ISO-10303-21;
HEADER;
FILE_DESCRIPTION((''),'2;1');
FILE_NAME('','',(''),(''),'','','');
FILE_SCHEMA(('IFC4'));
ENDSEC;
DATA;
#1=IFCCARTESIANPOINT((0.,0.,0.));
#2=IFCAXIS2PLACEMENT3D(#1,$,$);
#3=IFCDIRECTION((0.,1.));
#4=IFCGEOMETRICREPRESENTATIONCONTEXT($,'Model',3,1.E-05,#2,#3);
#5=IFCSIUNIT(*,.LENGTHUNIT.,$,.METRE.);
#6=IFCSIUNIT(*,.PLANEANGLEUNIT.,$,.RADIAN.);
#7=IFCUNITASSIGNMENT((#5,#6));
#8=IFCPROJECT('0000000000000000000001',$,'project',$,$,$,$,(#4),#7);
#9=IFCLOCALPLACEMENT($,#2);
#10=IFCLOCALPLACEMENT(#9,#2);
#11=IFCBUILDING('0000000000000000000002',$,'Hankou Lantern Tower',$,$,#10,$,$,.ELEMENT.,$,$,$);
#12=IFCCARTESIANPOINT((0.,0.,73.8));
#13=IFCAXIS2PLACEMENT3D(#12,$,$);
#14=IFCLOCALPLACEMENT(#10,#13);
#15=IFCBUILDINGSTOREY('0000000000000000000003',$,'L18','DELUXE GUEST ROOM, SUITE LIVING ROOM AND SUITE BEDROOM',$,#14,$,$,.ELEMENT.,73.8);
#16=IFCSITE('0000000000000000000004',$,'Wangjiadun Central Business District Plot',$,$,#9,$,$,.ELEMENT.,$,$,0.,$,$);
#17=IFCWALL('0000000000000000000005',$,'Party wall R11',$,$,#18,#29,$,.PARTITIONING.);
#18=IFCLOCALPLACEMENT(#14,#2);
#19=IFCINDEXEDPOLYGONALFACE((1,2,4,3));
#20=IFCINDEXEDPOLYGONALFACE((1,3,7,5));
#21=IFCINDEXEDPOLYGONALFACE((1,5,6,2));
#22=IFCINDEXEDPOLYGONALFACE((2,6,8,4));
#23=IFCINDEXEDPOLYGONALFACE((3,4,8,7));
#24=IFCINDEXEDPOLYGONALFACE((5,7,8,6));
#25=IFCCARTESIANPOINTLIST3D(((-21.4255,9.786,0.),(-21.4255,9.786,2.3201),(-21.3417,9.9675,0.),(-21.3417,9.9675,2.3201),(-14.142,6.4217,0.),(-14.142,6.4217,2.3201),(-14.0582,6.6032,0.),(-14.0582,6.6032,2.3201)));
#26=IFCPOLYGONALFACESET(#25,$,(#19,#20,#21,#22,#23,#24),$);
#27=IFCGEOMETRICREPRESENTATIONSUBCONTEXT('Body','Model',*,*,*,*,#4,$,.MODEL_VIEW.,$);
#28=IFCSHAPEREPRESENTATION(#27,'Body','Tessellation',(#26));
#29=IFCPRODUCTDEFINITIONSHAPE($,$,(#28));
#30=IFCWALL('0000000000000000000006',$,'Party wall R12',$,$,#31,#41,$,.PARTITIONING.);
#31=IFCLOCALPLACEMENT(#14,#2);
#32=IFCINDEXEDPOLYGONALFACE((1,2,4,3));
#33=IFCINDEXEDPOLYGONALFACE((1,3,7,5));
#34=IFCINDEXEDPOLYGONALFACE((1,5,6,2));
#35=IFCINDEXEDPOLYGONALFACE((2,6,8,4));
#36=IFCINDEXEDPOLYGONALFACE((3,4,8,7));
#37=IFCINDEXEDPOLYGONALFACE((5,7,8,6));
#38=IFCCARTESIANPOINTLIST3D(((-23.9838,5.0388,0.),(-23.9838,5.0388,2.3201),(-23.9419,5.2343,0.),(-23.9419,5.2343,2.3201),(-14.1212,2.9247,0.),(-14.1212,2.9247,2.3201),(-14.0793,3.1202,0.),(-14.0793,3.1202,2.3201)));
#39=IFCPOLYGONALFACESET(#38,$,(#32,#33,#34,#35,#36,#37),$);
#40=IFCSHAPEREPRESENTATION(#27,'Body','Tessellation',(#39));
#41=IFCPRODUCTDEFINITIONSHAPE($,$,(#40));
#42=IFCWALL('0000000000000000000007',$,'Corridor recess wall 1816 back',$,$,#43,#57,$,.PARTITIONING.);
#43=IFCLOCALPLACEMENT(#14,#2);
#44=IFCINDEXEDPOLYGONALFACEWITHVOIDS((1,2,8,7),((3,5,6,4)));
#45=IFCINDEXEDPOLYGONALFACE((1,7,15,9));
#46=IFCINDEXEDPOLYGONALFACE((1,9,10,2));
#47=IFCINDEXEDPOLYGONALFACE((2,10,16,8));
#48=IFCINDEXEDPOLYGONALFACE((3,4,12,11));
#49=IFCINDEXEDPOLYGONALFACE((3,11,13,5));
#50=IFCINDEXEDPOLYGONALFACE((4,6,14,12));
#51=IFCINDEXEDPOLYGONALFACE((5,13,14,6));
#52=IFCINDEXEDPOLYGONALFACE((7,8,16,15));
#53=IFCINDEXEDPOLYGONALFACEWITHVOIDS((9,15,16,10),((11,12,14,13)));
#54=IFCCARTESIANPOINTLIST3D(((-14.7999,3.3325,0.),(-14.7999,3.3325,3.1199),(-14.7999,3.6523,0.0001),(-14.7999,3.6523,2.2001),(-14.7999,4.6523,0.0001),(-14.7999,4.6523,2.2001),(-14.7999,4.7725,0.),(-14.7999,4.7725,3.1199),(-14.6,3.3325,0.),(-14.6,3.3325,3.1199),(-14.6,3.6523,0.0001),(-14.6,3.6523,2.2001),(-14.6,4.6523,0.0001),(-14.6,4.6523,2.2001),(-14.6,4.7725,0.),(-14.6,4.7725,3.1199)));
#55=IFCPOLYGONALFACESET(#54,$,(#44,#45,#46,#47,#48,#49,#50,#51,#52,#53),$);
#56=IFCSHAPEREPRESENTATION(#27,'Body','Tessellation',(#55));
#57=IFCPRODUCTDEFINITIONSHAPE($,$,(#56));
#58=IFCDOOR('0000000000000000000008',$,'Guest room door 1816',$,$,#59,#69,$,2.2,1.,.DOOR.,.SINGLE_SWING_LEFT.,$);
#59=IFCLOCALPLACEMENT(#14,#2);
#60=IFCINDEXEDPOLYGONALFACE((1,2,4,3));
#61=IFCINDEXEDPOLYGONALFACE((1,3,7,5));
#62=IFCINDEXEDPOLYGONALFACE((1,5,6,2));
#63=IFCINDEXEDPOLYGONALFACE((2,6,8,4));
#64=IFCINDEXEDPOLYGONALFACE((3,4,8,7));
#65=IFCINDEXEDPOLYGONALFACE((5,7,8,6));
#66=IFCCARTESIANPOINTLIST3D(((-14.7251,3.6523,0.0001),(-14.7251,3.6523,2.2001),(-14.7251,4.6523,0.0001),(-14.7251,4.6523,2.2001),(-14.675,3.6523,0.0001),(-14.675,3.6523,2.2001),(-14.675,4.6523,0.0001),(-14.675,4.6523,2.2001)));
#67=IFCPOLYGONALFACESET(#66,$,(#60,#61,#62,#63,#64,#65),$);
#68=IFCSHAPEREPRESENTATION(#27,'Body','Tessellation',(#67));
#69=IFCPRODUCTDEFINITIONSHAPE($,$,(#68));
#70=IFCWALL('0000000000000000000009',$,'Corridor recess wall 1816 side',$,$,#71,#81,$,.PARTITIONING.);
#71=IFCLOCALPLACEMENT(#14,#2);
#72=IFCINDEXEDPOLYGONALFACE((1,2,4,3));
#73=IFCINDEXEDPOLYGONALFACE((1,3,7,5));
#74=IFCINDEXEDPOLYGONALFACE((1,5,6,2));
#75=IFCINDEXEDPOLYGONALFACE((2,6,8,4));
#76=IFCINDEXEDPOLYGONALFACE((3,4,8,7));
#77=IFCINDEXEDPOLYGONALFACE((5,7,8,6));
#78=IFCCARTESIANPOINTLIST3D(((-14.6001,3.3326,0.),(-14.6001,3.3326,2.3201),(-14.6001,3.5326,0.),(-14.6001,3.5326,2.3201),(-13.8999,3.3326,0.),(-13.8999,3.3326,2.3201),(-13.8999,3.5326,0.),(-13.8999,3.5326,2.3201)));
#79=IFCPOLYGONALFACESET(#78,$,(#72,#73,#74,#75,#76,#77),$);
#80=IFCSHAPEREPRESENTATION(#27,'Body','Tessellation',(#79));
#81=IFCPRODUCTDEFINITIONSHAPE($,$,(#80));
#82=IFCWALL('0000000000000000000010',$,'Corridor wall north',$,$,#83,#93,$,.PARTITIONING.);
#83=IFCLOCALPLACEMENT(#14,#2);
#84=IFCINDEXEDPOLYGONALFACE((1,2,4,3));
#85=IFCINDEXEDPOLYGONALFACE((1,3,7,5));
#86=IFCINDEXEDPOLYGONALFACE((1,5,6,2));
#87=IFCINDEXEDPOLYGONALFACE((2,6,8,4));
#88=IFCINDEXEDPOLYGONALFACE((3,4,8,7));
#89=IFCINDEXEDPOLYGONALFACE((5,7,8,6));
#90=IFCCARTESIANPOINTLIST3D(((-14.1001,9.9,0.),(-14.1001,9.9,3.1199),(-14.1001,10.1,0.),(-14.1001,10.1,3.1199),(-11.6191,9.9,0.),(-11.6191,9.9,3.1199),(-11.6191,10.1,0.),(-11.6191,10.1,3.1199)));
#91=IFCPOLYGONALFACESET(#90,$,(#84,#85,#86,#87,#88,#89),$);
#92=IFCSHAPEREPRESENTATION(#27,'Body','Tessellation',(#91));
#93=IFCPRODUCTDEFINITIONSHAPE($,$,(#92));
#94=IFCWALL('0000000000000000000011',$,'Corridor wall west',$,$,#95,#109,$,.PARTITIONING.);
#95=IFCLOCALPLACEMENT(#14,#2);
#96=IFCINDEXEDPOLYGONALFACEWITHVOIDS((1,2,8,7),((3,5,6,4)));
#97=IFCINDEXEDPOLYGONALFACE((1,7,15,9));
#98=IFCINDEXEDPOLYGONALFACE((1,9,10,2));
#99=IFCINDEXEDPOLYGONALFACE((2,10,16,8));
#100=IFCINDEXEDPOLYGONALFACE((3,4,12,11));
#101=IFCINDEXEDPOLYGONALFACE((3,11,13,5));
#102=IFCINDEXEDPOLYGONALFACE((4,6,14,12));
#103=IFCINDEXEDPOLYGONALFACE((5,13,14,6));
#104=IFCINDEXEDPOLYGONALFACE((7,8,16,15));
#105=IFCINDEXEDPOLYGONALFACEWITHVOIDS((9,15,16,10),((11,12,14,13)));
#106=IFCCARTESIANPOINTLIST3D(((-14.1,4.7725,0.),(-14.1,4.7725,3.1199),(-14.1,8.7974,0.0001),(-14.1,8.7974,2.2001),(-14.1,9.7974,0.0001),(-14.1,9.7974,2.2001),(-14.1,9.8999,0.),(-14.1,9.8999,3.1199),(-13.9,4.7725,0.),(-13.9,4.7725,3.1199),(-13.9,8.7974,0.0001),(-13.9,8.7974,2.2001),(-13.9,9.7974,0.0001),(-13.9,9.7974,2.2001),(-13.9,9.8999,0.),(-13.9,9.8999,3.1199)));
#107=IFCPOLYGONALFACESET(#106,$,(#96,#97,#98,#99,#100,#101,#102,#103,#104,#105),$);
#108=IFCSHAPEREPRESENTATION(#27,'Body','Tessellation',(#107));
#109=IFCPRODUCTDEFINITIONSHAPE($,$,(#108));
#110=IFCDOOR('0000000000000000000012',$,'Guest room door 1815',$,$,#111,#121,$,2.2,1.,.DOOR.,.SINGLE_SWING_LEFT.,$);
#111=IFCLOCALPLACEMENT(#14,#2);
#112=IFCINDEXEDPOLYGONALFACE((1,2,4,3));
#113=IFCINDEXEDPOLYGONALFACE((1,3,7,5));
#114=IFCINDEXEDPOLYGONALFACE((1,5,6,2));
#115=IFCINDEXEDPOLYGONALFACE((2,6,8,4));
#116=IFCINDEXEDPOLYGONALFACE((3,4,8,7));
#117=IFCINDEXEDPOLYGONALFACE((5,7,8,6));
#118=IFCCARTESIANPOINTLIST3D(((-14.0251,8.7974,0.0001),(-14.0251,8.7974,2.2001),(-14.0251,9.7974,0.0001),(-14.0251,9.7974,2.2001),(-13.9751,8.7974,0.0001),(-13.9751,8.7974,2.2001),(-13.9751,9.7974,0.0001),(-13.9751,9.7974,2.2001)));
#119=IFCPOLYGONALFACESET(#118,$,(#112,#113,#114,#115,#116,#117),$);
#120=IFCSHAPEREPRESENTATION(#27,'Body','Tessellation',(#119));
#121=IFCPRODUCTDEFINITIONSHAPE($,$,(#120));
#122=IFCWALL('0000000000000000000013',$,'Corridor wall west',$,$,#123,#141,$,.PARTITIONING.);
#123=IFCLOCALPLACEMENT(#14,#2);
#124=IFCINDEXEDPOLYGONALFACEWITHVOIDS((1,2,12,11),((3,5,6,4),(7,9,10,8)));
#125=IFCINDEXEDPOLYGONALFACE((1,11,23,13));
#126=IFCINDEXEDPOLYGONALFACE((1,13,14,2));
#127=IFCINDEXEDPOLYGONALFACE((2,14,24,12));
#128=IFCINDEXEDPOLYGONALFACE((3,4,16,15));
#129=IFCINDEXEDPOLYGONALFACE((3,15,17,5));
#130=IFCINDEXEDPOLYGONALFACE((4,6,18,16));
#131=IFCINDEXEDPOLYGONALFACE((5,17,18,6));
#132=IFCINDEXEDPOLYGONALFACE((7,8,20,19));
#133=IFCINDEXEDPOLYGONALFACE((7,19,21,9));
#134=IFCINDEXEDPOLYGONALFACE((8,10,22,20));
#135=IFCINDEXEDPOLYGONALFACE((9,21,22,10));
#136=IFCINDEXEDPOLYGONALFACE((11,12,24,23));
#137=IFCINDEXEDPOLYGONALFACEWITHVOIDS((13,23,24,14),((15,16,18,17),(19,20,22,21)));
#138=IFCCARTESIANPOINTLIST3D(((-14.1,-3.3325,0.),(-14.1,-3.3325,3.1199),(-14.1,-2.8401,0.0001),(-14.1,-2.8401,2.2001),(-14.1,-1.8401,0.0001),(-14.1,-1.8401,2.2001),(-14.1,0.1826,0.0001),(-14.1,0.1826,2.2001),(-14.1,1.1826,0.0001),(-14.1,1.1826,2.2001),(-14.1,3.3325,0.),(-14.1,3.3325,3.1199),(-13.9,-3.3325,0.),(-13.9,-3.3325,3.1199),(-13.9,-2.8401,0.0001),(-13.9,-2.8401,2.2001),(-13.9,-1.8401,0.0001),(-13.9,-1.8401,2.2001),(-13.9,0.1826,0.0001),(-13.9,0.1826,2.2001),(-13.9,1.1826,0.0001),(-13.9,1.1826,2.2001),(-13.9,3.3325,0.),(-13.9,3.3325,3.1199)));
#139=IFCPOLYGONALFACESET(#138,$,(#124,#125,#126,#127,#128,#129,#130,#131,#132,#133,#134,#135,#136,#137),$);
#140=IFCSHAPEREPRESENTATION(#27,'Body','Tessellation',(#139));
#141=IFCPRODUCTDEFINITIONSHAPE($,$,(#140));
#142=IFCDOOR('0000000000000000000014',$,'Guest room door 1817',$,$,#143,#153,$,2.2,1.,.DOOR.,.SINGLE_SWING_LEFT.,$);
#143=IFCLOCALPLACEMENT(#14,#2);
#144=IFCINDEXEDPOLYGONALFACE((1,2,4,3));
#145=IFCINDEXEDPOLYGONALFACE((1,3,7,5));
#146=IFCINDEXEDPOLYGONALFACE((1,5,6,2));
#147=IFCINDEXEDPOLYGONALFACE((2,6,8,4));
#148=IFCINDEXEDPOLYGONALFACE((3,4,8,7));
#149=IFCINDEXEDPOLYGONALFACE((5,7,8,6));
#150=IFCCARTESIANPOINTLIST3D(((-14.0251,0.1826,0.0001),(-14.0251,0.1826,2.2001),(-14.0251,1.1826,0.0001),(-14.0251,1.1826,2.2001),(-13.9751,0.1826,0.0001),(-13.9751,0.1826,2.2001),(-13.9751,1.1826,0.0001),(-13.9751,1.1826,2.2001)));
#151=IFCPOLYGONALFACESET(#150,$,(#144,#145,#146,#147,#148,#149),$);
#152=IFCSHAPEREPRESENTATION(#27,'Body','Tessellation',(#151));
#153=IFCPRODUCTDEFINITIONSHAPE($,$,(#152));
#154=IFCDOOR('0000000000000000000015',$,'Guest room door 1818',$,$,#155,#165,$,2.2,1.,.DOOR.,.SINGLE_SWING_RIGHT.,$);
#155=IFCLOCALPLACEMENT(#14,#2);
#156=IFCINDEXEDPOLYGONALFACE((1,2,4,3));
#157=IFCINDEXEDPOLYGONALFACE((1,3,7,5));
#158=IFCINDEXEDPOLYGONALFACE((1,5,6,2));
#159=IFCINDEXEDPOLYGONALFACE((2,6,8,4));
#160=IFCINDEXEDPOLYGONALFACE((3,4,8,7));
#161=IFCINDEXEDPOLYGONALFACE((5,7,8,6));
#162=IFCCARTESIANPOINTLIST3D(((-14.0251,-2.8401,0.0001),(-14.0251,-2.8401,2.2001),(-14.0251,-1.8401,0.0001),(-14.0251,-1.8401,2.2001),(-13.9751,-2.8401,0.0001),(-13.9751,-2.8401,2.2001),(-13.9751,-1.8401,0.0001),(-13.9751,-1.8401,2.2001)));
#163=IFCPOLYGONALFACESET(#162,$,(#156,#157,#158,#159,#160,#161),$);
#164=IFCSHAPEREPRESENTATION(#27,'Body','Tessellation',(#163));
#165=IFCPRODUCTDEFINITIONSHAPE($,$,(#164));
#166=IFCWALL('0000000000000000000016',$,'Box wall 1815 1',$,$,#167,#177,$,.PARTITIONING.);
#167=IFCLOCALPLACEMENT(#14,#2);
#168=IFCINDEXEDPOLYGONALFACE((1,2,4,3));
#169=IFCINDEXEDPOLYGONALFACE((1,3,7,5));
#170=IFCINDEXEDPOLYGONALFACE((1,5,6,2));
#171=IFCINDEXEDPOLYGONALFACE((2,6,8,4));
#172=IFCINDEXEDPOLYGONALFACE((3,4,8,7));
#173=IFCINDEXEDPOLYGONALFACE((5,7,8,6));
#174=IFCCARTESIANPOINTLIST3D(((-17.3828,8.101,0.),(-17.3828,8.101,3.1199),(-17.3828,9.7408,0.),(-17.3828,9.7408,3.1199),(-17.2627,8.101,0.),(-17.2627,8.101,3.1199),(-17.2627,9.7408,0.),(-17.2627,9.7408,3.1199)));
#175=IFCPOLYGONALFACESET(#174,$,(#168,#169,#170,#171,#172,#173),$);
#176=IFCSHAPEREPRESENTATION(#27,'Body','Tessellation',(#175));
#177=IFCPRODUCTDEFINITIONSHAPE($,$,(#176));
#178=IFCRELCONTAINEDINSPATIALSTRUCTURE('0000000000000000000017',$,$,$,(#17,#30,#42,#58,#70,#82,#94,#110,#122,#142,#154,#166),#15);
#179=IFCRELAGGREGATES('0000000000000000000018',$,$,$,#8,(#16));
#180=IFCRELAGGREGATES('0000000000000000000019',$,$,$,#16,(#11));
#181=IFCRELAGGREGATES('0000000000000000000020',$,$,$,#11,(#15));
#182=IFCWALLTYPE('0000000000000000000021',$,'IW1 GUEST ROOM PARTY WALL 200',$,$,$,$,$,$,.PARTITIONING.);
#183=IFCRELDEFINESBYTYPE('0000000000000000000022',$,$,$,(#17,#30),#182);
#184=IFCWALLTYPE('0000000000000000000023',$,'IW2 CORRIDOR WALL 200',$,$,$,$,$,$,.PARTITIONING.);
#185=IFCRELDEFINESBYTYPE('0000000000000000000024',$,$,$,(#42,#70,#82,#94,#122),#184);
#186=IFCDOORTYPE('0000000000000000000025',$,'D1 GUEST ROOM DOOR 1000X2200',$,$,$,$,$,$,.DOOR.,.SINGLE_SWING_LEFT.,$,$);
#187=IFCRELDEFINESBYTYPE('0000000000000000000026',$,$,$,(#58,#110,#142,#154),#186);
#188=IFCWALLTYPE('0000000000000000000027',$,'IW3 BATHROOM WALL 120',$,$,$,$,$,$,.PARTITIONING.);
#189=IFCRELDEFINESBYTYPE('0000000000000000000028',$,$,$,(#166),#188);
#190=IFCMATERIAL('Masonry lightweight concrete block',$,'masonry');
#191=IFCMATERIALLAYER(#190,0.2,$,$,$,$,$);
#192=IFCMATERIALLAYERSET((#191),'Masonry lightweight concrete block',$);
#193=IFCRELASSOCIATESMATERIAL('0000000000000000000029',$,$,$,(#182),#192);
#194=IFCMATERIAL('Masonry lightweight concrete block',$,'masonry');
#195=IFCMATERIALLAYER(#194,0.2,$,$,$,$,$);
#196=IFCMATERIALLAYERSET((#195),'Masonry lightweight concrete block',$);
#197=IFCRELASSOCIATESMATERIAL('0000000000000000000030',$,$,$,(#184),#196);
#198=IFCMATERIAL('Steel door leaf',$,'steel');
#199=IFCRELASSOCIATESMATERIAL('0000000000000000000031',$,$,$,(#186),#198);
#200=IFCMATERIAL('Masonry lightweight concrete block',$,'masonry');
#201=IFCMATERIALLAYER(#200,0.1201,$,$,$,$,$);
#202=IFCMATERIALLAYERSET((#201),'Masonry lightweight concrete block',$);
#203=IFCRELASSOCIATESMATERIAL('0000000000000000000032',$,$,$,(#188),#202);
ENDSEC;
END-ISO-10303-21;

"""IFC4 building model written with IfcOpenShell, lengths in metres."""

from ifc_helpers import new_model, si_unit, direction, frame, frame_2d, origin, place, context, subcontext, project, spatial, rectangle, extrude, material, layer, layer_set, type_object, element, fill, save


model = new_model("IFC4")

# Units and contexts
model_context = context("Model", 3, precision=1e-05, world=origin(), true_north=direction((0.0, 1.0)))
body_context = subcontext(model_context, "Body", "Model", "MODEL_VIEW")
ifc_project = project(units=[si_unit("LENGTHUNIT", "METRE"), si_unit("PLANEANGLEUNIT", "RADIAN")], contexts=[model_context])

# Site, building, storey
site_placement = place(None, origin())
site = spatial("IfcSite", under=ifc_project, at=site_placement, Name="Wangjiadun Central Business District Plot", CompositionType="ELEMENT", RefElevation=0.0)
building_placement = place(site_placement, origin())
building = spatial("IfcBuilding", under=site, at=building_placement, Name="Hankou Lantern Tower", CompositionType="ELEMENT")
storey_placement = place(building_placement, frame((0.0, 0.0, 73.8)))
storey = spatial("IfcBuildingStorey", under=building, at=storey_placement, Name="L18", Description="DELUXE GUEST ROOM, SUITE LIVING ROOM AND SUITE BEDROOM", CompositionType="ELEMENT", Elevation=73.8)

# Walls
ifc_material_1 = material(Name="Masonry lightweight concrete block", Category="masonry")
ifc_layer_1 = layer(ifc_material_1, 0.2)
ifc_layer_set_1 = layer_set([ifc_layer_1], Name="Masonry lightweight concrete block")
wall_type_1 = type_object("IfcWallType", Name="IW1 GUEST ROOM PARTY WALL 200", PredefinedType="PARTITIONING", material=ifc_layer_set_1)
wall_1_placement = place(storey_placement, frame((-14.1001, 6.5125, 0.0), z_axis=(0.0, 0.0, 1.0), x_axis=(-0.907833, 0.419332, 0.0)))
element("IfcWall", 1, at=wall_1_placement, inside=storey, type_object=wall_type_1, Name="Party wall R11", PredefinedType="PARTITIONING", context=body_context, shape_type="SweptSolid", body=[
    extrude(rectangle(XDim=8.0229, YDim=0.2, at=frame_2d((4.0115, 0.0))), origin(), (0.0, 0.0, 1.0), 2.3201),
])
wall_2_placement = place(storey_placement, frame((-14.1001, 3.0225, 0.0), z_axis=(0.0, 0.0, 1.0), x_axis=(-0.97779, 0.209587, 0.0)))
element("IfcWall", 2, at=wall_2_placement, inside=storey, type_object=wall_type_1, Name="Party wall R12", PredefinedType="PARTITIONING", context=body_context, shape_type="SweptSolid", body=[
    extrude(rectangle(XDim=10.0867, YDim=0.2, at=frame_2d((5.0435, 0.0))), origin(), (0.0, 0.0, 1.0), 2.3201),
])

# Wall, opening, door
ifc_material_2 = material(Name="Masonry lightweight concrete block", Category="masonry")
ifc_layer_2 = layer(ifc_material_2, 0.2)
ifc_layer_set_2 = layer_set([ifc_layer_2], Name="Masonry lightweight concrete block")
wall_type_2 = type_object("IfcWallType", Name="IW2 CORRIDOR WALL 200", PredefinedType="PARTITIONING", material=ifc_layer_set_2)
wall_3_placement = place(storey_placement, frame((-14.7, 4.7725, 0.0), z_axis=(0.0, 0.0, 1.0), x_axis=(0.0, -1.0, 0.0)))
wall_3 = element("IfcWall", 3, at=wall_3_placement, inside=storey, type_object=wall_type_2, Name="Corridor recess wall 1816 back", PredefinedType="PARTITIONING", context=body_context, shape_type="SweptSolid", body=[
    extrude(rectangle(XDim=1.4399, YDim=0.2, at=frame_2d((0.72, 0.0))), origin(), (0.0, 0.0, 1.0), 3.1199),
])
opening_1_placement = place(wall_3_placement, frame((0.1201, 0.0, 0.0)))
opening_1 = element("IfcOpeningElement", 4, at=opening_1_placement, cuts=wall_3, PredefinedType="OPENING", context=body_context, shape_type="SweptSolid", body=[
    extrude(rectangle(XDim=1.0, YDim=2.2, at=frame_2d((0.5, 1.1001))), frame((0.0, 0.1099, 0.0), z_axis=(0.0, -1.0, 0.0), x_axis=(1.0, 0.0, 0.0)), (0.0, 0.0, 1.0), 0.22),
])
ifc_material_3 = material(Name="Steel door leaf", Category="steel")
door_type_1 = type_object("IfcDoorType", Name="D1 GUEST ROOM DOOR 1000X2200", OperationType="SINGLE_SWING_LEFT", PredefinedType="DOOR", material=ifc_material_3)
door_1_placement = place(opening_1_placement, origin())
door_1 = element("IfcDoor", 5, at=door_1_placement, inside=storey, type_object=door_type_1, Name="Guest room door 1816", OperationType="SINGLE_SWING_LEFT", OverallHeight=2.2, OverallWidth=1.0, PredefinedType="DOOR", context=body_context, shape_type="SweptSolid", body=[
    extrude(rectangle(XDim=1.0, YDim=2.2, at=frame_2d((0.5, 1.1001))), frame((0.0, 0.0249, 0.0), z_axis=(0.0, -1.0, 0.0), x_axis=(1.0, 0.0, 0.0)), (0.0, 0.0, 1.0), 0.05),
])
fill(opening_1, door_1)

# Walls
wall_4_placement = place(storey_placement, frame((-13.8999, 3.4326, 0.0), z_axis=(0.0, 0.0, 1.0), x_axis=(-1.0, 0.0, 0.0)))
element("IfcWall", 6, at=wall_4_placement, inside=storey, type_object=wall_type_2, Name="Corridor recess wall 1816 side", PredefinedType="PARTITIONING", context=body_context, shape_type="SweptSolid", body=[
    extrude(rectangle(XDim=0.7002, YDim=0.2, at=frame_2d((0.3501, 0.0))), origin(), (0.0, 0.0, 1.0), 2.3201),
])
wall_5_placement = place(storey_placement, frame((-14.1001, 10.0, 0.0), z_axis=(0.0, 0.0, 1.0), x_axis=(1.0, 0.0, 0.0)))
element("IfcWall", 7, at=wall_5_placement, inside=storey, type_object=wall_type_2, Name="Corridor wall north", PredefinedType="PARTITIONING", context=body_context, shape_type="SweptSolid", body=[
    extrude(rectangle(XDim=2.481, YDim=0.2, at=frame_2d((1.2405, 0.0))), origin(), (0.0, 0.0, 1.0), 3.1199),
])

# Wall, opening, door
wall_6_placement = place(storey_placement, frame((-14.0, 9.8999, 0.0), z_axis=(0.0, 0.0, 1.0), x_axis=(0.0, -1.0, 0.0)))
wall_6 = element("IfcWall", 8, at=wall_6_placement, inside=storey, type_object=wall_type_2, Name="Corridor wall west", PredefinedType="PARTITIONING", context=body_context, shape_type="SweptSolid", body=[
    extrude(rectangle(XDim=5.1274, YDim=0.2, at=frame_2d((2.5637, 0.0))), origin(), (0.0, 0.0, 1.0), 3.1199),
])
opening_2_placement = place(wall_6_placement, frame((0.1025, 0.0, 0.0)))
opening_2 = element("IfcOpeningElement", 9, at=opening_2_placement, cuts=wall_6, PredefinedType="OPENING", context=body_context, shape_type="SweptSolid", body=[
    extrude(rectangle(XDim=1.0, YDim=2.2, at=frame_2d((0.5, 1.1001))), frame((0.0, 0.1099, 0.0), z_axis=(0.0, -1.0, 0.0), x_axis=(1.0, 0.0, 0.0)), (0.0, 0.0, 1.0), 0.22),
])
door_2_placement = place(opening_2_placement, origin())
door_2 = element("IfcDoor", 10, at=door_2_placement, inside=storey, type_object=door_type_1, Name="Guest room door 1815", OperationType="SINGLE_SWING_LEFT", OverallHeight=2.2, OverallWidth=1.0, PredefinedType="DOOR", context=body_context, shape_type="SweptSolid", body=[
    extrude(rectangle(XDim=1.0, YDim=2.2, at=frame_2d((0.5, 1.1001))), frame((0.0, 0.0249, 0.0), z_axis=(0.0, -1.0, 0.0), x_axis=(1.0, 0.0, 0.0)), (0.0, 0.0, 1.0), 0.05),
])
fill(opening_2, door_2)

# Wall, openings, doors
wall_7_placement = place(storey_placement, frame((-14.0, 3.3325, 0.0), z_axis=(0.0, 0.0, 1.0), x_axis=(0.0, -1.0, 0.0)))
wall_7 = element("IfcWall", 11, at=wall_7_placement, inside=storey, type_object=wall_type_2, Name="Corridor wall west", PredefinedType="PARTITIONING", context=body_context, shape_type="SweptSolid", body=[
    extrude(rectangle(XDim=6.665, YDim=0.2, at=frame_2d((3.3325, 0.0))), origin(), (0.0, 0.0, 1.0), 3.1199),
])
opening_3_placement = place(wall_7_placement, frame((2.1499, 0.0, 0.0)))
opening_3 = element("IfcOpeningElement", 12, at=opening_3_placement, cuts=wall_7, PredefinedType="OPENING", context=body_context, shape_type="SweptSolid", body=[
    extrude(rectangle(XDim=1.0, YDim=2.2, at=frame_2d((0.5, 1.1001))), frame((0.0, 0.1099, 0.0), z_axis=(0.0, -1.0, 0.0), x_axis=(1.0, 0.0, 0.0)), (0.0, 0.0, 1.0), 0.22),
])
opening_4_placement = place(wall_7_placement, frame((5.1726, 0.0, 0.0)))
opening_4 = element("IfcOpeningElement", 13, at=opening_4_placement, cuts=wall_7, PredefinedType="OPENING", context=body_context, shape_type="SweptSolid", body=[
    extrude(rectangle(XDim=1.0, YDim=2.2, at=frame_2d((0.5, 1.1001))), frame((0.0, 0.1099, 0.0), z_axis=(0.0, -1.0, 0.0), x_axis=(1.0, 0.0, 0.0)), (0.0, 0.0, 1.0), 0.22),
])
door_3_placement = place(opening_3_placement, origin())
door_3 = element("IfcDoor", 14, at=door_3_placement, inside=storey, type_object=door_type_1, Name="Guest room door 1817", OperationType="SINGLE_SWING_LEFT", OverallHeight=2.2, OverallWidth=1.0, PredefinedType="DOOR", context=body_context, shape_type="SweptSolid", body=[
    extrude(rectangle(XDim=1.0, YDim=2.2, at=frame_2d((0.5, 1.1001))), frame((0.0, 0.0249, 0.0), z_axis=(0.0, -1.0, 0.0), x_axis=(1.0, 0.0, 0.0)), (0.0, 0.0, 1.0), 0.05),
])
fill(opening_3, door_3)
door_4_placement = place(opening_4_placement, origin())
door_4 = element("IfcDoor", 15, at=door_4_placement, inside=storey, type_object=door_type_1, Name="Guest room door 1818", OperationType="SINGLE_SWING_RIGHT", OverallHeight=2.2, OverallWidth=1.0, PredefinedType="DOOR", context=body_context, shape_type="SweptSolid", body=[
    extrude(rectangle(XDim=1.0, YDim=2.2, at=frame_2d((0.5, 1.1001))), frame((0.0, 0.0249, 0.0), z_axis=(0.0, -1.0, 0.0), x_axis=(1.0, 0.0, 0.0)), (0.0, 0.0, 1.0), 0.05),
])
fill(opening_4, door_4)

# Wall
ifc_material_4 = material(Name="Masonry lightweight concrete block", Category="masonry")
ifc_layer_3 = layer(ifc_material_4, 0.1201)
ifc_layer_set_3 = layer_set([ifc_layer_3], Name="Masonry lightweight concrete block")
wall_type_3 = type_object("IfcWallType", Name="IW3 BATHROOM WALL 120", PredefinedType="PARTITIONING", material=ifc_layer_set_3)
wall_8_placement = place(storey_placement, frame((-17.3228, 8.1011, 0.0), z_axis=(0.0, 0.0, 1.0), x_axis=(0.0, 1.0, 0.0)))
element("IfcWall", 16, at=wall_8_placement, inside=storey, type_object=wall_type_3, Name="Box wall 1815 1", PredefinedType="PARTITIONING", context=body_context, shape_type="SweptSolid", body=[
    extrude(rectangle(XDim=1.6399, YDim=0.1201, at=frame_2d((0.8198, 0.0))), origin(), (0.0, 0.0, 1.0), 3.1199),
])

save(model, "model.ifc")
